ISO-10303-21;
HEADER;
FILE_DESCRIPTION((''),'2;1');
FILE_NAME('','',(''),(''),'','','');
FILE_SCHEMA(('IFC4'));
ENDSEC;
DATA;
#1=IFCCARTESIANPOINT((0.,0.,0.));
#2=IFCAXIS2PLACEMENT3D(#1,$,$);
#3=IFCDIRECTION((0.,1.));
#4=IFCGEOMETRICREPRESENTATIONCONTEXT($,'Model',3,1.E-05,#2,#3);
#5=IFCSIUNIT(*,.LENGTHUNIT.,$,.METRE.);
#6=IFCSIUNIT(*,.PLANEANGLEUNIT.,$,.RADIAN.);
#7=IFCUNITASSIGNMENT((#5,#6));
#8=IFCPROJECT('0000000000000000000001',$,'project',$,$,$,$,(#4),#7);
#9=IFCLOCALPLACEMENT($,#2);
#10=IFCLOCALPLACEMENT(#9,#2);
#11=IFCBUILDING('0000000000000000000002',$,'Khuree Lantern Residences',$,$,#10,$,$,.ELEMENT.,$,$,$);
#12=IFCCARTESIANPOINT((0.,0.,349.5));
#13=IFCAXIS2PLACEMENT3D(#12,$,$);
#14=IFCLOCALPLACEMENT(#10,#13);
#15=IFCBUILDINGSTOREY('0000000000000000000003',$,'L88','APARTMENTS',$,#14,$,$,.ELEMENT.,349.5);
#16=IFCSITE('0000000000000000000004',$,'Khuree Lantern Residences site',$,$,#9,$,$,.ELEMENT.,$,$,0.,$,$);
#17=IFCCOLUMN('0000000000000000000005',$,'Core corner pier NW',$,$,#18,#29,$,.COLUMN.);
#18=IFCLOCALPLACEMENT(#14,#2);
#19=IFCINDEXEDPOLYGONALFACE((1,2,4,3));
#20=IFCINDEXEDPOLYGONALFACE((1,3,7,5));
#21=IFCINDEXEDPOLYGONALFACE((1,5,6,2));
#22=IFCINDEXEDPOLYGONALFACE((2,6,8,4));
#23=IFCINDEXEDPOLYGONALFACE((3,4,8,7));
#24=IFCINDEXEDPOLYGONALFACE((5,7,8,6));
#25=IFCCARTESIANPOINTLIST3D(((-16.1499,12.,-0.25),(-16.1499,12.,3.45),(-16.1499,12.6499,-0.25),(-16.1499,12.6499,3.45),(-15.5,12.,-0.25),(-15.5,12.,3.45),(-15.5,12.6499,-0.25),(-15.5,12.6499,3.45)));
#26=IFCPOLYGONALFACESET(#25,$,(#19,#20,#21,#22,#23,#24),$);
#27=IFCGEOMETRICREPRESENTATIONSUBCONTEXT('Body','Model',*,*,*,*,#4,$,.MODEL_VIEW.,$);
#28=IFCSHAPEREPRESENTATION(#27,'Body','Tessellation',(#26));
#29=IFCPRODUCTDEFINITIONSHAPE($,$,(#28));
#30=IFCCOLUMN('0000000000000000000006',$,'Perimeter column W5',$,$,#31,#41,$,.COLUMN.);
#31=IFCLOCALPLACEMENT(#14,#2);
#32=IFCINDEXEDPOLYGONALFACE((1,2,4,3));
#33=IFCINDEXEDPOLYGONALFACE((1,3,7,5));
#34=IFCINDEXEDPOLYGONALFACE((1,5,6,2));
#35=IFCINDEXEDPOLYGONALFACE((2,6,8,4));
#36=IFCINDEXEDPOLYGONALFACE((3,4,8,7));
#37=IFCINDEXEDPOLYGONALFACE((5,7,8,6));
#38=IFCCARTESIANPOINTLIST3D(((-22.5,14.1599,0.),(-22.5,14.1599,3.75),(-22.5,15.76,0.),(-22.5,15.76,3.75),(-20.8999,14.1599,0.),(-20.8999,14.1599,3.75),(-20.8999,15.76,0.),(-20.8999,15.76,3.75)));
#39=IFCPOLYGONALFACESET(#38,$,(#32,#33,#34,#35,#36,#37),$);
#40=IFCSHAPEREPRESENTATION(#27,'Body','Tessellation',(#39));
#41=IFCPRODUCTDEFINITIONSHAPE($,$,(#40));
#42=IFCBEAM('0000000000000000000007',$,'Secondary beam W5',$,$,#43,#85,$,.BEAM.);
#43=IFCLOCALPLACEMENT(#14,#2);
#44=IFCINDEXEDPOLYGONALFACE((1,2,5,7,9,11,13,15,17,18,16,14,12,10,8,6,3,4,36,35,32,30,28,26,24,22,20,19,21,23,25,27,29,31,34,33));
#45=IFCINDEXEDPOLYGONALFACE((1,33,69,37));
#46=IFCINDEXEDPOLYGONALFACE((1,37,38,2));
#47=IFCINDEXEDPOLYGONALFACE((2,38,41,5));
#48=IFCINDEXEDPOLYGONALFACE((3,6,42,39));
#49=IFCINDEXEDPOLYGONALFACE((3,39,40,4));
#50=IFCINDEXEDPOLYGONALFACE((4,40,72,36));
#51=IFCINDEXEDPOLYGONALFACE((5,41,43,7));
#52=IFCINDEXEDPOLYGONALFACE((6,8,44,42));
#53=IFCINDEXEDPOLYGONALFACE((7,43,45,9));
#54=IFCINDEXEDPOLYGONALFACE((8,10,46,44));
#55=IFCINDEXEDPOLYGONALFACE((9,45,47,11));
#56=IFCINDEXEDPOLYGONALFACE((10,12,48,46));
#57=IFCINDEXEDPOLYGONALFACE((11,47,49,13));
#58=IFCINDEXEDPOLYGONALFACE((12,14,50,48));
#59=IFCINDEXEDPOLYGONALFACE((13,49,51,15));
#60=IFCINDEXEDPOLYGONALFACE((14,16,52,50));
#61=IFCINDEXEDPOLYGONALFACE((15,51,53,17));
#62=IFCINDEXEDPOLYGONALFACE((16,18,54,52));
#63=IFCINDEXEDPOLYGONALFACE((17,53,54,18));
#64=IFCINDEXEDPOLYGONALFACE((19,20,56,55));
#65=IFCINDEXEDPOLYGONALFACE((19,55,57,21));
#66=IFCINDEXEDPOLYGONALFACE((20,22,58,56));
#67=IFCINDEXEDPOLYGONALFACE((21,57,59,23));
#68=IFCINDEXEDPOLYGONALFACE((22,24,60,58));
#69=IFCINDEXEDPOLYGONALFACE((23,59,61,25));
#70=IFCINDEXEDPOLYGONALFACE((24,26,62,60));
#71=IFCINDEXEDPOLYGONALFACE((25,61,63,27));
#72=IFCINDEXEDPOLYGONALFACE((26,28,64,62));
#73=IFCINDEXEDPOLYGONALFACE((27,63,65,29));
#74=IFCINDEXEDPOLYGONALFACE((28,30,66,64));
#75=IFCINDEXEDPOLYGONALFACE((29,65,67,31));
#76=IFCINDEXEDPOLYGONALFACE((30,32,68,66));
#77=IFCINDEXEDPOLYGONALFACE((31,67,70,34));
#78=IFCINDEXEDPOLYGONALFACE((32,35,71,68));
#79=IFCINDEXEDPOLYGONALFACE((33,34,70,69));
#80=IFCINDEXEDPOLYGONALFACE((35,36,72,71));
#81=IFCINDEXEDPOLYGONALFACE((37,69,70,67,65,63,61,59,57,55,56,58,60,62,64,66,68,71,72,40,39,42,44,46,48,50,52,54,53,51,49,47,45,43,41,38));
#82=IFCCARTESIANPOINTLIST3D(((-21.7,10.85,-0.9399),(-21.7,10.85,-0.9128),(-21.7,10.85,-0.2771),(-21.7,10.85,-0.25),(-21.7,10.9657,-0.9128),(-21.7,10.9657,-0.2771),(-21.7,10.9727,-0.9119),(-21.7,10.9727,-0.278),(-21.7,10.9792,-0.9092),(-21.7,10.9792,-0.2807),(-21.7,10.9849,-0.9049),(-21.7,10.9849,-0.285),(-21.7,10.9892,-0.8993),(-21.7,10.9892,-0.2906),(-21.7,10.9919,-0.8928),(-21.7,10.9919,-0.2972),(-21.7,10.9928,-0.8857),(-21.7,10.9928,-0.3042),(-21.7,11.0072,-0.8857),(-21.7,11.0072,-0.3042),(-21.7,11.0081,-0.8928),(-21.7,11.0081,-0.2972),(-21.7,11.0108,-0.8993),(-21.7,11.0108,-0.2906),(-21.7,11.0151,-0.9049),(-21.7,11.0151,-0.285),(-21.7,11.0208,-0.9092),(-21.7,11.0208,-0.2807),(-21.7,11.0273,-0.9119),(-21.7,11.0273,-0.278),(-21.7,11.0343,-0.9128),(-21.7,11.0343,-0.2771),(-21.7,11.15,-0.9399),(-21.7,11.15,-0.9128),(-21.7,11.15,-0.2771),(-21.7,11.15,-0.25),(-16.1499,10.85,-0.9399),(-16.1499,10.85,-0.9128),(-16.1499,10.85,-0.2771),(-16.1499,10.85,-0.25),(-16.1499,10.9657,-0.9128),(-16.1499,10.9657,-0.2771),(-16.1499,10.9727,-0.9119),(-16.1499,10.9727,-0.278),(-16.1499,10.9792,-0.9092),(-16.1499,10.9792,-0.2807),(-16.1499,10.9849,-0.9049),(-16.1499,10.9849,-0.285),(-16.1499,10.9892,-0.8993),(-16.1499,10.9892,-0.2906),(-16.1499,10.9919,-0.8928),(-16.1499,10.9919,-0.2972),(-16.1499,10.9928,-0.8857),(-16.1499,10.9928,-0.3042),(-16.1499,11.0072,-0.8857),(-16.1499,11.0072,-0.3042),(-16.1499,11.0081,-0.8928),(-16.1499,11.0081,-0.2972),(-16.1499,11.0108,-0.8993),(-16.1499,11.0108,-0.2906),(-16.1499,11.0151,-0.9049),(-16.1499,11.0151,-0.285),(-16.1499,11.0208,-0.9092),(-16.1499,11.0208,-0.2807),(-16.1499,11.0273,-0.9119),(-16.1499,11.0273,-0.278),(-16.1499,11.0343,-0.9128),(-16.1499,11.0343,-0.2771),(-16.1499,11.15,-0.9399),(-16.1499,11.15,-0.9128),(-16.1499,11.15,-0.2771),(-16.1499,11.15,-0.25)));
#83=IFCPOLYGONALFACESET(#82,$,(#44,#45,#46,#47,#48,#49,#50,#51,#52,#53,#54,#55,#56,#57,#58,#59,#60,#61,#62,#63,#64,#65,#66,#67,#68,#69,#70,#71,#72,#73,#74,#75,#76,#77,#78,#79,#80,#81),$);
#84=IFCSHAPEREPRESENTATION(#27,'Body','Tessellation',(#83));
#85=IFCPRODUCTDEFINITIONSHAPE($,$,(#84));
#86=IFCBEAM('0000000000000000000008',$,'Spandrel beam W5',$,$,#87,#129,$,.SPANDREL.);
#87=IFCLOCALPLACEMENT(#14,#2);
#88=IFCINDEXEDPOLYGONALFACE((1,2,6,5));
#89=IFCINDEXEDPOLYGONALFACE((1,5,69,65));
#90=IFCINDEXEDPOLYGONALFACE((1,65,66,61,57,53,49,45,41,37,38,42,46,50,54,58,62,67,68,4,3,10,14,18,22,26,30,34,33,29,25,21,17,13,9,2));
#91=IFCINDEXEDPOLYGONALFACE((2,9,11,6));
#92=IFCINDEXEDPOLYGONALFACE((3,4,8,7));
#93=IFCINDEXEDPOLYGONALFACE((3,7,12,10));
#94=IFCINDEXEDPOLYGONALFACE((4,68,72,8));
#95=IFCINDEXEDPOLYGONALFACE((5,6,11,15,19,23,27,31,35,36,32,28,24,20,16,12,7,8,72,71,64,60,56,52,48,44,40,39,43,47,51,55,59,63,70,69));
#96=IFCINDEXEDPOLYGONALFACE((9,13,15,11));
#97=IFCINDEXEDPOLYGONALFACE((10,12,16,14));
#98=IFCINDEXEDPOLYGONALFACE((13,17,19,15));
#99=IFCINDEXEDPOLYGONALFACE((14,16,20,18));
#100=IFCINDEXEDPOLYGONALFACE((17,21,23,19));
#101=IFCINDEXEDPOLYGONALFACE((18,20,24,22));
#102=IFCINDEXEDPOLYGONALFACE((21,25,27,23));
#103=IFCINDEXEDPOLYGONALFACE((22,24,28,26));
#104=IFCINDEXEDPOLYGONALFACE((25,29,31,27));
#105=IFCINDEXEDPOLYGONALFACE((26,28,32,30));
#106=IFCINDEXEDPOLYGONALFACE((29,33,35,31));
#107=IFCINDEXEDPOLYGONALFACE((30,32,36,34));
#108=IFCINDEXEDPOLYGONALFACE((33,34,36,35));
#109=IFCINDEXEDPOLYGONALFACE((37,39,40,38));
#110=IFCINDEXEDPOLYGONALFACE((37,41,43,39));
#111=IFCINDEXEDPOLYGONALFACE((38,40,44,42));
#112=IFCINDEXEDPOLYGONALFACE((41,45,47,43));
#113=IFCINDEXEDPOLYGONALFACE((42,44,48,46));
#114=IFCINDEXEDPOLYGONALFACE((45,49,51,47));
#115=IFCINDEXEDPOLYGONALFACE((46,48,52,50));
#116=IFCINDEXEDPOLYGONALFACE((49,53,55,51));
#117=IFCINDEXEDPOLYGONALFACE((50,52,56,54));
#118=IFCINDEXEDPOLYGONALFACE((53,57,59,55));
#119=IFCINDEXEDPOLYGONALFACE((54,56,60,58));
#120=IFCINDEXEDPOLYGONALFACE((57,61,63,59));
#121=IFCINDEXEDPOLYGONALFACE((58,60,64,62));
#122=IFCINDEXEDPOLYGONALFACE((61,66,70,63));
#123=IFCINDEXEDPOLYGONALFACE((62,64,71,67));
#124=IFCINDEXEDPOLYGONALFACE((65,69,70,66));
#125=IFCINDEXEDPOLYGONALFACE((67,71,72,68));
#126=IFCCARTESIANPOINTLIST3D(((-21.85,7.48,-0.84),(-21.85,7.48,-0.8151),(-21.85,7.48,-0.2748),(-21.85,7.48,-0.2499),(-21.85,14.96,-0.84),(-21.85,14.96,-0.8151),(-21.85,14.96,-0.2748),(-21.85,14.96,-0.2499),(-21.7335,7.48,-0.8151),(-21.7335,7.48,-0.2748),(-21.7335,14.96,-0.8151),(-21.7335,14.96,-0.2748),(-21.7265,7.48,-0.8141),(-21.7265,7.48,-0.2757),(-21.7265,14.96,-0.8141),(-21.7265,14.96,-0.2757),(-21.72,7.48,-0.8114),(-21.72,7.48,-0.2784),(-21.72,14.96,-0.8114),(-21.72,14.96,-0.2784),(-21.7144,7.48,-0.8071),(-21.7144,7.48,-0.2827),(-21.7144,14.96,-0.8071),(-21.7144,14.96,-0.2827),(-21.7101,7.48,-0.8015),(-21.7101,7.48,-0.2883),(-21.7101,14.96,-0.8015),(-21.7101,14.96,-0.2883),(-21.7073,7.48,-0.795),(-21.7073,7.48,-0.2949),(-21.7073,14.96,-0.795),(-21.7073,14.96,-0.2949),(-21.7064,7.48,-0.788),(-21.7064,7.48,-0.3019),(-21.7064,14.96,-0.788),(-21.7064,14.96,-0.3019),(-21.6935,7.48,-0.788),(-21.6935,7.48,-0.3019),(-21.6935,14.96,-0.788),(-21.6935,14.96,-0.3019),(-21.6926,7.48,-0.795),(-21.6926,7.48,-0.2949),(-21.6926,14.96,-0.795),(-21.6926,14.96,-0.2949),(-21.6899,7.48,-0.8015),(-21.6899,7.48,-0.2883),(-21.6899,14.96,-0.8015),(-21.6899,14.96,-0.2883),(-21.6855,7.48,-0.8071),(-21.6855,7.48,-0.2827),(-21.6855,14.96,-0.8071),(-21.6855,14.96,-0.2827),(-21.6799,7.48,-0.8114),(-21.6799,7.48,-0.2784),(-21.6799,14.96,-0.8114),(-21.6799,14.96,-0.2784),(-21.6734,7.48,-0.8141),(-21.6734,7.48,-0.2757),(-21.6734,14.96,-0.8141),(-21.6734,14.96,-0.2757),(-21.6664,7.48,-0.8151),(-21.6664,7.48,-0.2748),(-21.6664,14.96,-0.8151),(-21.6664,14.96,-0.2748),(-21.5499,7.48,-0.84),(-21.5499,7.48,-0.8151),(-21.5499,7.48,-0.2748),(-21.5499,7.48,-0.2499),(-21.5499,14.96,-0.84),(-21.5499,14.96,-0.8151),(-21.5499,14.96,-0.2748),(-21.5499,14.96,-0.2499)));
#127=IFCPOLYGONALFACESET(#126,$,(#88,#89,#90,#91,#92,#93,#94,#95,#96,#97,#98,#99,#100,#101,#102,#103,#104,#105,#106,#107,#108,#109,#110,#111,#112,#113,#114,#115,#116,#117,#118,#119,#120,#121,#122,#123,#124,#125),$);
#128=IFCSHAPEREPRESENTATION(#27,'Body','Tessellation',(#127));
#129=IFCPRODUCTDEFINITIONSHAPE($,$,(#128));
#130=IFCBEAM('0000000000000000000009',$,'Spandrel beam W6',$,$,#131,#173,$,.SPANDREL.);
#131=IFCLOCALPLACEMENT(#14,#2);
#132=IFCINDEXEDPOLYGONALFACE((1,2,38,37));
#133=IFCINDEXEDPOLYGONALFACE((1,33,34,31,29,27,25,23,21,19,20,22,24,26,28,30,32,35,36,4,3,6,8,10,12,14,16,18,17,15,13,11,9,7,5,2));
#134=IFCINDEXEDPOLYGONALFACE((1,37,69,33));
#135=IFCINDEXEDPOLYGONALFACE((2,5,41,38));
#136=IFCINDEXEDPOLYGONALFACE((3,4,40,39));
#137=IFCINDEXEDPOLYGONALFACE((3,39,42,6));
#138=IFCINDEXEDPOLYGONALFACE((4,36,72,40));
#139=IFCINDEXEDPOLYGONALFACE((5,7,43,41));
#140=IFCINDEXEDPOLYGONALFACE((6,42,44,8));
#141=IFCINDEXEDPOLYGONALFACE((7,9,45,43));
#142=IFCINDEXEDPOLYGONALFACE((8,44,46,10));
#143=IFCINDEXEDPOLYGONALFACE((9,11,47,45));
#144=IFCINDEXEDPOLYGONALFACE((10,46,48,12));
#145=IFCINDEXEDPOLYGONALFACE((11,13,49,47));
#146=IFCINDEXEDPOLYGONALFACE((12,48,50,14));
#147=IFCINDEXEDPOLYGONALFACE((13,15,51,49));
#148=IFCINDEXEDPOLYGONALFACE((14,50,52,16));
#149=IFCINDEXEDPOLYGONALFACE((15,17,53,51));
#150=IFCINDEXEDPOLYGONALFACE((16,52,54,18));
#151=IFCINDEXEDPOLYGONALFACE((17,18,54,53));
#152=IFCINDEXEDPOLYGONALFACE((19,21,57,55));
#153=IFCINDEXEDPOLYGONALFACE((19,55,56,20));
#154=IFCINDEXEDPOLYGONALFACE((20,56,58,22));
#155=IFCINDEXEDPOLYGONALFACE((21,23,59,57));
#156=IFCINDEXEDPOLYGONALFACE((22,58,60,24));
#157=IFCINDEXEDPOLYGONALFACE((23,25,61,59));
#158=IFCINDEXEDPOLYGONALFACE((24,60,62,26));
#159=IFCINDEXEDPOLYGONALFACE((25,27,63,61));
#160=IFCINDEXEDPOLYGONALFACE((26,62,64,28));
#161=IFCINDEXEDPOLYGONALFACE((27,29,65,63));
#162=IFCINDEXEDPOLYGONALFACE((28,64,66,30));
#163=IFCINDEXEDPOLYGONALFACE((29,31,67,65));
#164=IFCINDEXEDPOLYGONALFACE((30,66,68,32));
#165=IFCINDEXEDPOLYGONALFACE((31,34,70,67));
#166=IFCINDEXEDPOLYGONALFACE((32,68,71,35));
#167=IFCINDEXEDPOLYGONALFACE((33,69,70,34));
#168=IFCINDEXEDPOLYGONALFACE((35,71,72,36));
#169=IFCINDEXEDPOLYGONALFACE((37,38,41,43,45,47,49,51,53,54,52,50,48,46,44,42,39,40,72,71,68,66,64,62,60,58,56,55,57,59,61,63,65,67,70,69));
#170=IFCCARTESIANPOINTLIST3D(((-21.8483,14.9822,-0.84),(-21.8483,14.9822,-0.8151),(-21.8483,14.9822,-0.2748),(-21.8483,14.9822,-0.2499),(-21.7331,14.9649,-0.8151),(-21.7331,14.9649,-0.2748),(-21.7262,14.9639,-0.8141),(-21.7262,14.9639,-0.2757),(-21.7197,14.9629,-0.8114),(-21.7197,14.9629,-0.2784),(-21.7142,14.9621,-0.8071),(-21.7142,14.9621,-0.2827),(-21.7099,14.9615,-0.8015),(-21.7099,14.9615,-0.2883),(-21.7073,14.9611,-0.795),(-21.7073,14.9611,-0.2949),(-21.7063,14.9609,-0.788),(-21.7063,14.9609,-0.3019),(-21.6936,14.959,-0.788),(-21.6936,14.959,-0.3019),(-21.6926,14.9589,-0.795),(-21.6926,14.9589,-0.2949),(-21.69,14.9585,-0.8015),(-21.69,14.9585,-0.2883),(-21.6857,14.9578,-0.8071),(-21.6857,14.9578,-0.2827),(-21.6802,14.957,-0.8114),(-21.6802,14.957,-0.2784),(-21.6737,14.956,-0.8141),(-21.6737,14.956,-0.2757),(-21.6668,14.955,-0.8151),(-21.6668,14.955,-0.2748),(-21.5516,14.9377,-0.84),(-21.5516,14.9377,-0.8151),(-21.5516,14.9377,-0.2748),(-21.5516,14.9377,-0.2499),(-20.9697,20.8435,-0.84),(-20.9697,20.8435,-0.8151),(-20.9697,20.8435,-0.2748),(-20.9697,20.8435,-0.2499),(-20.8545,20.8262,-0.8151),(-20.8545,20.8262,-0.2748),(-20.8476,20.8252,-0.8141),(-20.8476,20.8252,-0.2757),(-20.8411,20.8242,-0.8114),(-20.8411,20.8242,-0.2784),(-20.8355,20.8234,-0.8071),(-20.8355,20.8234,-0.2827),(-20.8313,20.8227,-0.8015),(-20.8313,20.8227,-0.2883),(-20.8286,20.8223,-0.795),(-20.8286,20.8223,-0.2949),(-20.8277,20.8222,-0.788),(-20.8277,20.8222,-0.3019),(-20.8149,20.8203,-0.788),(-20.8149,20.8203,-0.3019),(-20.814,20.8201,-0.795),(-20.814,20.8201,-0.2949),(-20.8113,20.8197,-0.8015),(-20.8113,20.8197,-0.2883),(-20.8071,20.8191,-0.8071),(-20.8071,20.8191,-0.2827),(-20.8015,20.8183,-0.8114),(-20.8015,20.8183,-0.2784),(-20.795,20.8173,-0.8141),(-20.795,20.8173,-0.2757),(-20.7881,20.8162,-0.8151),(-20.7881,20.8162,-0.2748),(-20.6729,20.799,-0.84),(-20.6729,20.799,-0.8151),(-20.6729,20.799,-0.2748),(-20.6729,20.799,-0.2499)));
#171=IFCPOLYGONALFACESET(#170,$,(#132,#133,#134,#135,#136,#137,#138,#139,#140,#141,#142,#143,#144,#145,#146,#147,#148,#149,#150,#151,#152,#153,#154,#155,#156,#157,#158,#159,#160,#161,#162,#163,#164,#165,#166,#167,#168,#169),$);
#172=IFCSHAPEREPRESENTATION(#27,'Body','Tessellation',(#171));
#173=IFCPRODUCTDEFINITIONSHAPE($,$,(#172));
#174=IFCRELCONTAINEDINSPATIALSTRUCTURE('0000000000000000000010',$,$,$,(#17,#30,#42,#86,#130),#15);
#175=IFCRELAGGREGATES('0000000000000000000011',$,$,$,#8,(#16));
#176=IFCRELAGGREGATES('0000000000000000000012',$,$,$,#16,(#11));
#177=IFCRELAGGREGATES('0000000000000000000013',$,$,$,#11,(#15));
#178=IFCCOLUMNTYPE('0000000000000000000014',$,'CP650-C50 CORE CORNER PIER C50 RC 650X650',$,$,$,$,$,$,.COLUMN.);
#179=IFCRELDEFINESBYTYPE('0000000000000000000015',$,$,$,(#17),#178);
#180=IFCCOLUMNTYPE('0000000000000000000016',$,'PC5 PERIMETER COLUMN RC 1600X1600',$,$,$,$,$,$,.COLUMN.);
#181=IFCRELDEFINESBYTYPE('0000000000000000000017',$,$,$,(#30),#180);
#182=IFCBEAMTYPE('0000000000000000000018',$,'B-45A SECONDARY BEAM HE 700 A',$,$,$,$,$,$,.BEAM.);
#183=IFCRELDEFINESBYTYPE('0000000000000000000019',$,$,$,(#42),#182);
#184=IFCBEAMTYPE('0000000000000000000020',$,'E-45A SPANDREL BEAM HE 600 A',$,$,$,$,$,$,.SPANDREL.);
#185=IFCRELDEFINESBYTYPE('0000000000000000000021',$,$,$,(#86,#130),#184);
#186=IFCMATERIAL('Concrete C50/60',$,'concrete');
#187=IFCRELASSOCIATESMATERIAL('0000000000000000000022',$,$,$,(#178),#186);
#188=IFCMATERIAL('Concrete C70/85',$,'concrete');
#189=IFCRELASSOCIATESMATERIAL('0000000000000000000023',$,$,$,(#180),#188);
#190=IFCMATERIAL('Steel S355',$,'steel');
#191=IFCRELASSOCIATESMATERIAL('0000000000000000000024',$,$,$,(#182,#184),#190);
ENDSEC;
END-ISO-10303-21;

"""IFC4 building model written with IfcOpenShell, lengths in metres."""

from ifc_helpers import new_model, si_unit, direction, frame, origin, origin_2d, place, context, subcontext, project, spatial, rectangle, i_section, extrude, material, material_profile, profile_set, type_object, element, save


model = new_model("IFC4")

# Units and contexts
model_context = context("Model", 3, precision=1e-05, world=origin(), true_north=direction((0.0, 1.0)))
body_context = subcontext(model_context, "Body", "Model", "MODEL_VIEW")
ifc_project = project(units=[si_unit("LENGTHUNIT", "METRE"), si_unit("PLANEANGLEUNIT", "RADIAN")], contexts=[model_context])

# Site, building, storey
site_placement = place(None, origin())
site = spatial("IfcSite", under=ifc_project, at=site_placement, Name="Khuree Lantern Residences site", CompositionType="ELEMENT", RefElevation=0.0)
building_placement = place(site_placement, origin())
building = spatial("IfcBuilding", under=site, at=building_placement, Name="Khuree Lantern Residences", CompositionType="ELEMENT")
storey_placement = place(building_placement, frame((0.0, 0.0, 349.5)))
storey = spatial("IfcBuildingStorey", under=building, at=storey_placement, Name="L88", Description="APARTMENTS", CompositionType="ELEMENT", Elevation=349.5)

# Columns
ifc_material_1 = material(Name="Concrete C50/60", Category="concrete")
ifc_material_profile_1 = material_profile(ifc_material_1, rectangle(XDim=0.6499, YDim=0.6499, at=origin_2d()), Name="RC 650X650")
ifc_profile_set_1 = profile_set([ifc_material_profile_1], Name="Concrete C50/60")
column_type_1 = type_object("IfcColumnType", Name="CP650-C50 CORE CORNER PIER C50 RC 650X650", PredefinedType="COLUMN", material=ifc_profile_set_1)
column_1_placement = place(storey_placement, frame((-15.825, 12.325, -0.25), z_axis=(0.0, 0.0, 1.0), x_axis=(1.0, 0.0, 0.0)))
element("IfcColumn", 1, at=column_1_placement, inside=storey, type_object=column_type_1, Name="Core corner pier NW", PredefinedType="COLUMN", context=body_context, shape_type="SweptSolid", body=[
    extrude(rectangle(XDim=0.6499, YDim=0.6499, at=origin_2d()), origin(), (0.0, 0.0, 1.0), 3.7),
])
ifc_material_2 = material(Name="Concrete C70/85", Category="concrete")
ifc_material_profile_2 = material_profile(ifc_material_2, rectangle(XDim=1.6001, YDim=1.6001, at=origin_2d()), Name="RC 1600X1600")
ifc_profile_set_2 = profile_set([ifc_material_profile_2], Name="Concrete C70/85")
column_type_2 = type_object("IfcColumnType", Name="PC5 PERIMETER COLUMN RC 1600X1600", PredefinedType="COLUMN", material=ifc_profile_set_2)
column_2_placement = place(storey_placement, frame((-21.7, 14.96, 0.0), z_axis=(0.0, 0.0, 1.0), x_axis=(0.0, 1.0, 0.0)))
element("IfcColumn", 2, at=column_2_placement, inside=storey, type_object=column_type_2, Name="Perimeter column W5", PredefinedType="COLUMN", context=body_context, shape_type="SweptSolid", body=[
    extrude(rectangle(XDim=1.6001, YDim=1.6001, at=origin_2d()), origin(), (0.0, 0.0, 1.0), 3.75),
])

# Beams
ifc_material_3 = material(Name="Steel S355", Category="steel")
ifc_material_profile_3 = material_profile(ifc_material_3, i_section(OverallWidth=0.3, OverallDepth=0.6899, WebThickness=0.0144, FlangeThickness=0.0271, FilletRadius=0.0271, at=origin_2d()), Name="HE 700 A")
ifc_profile_set_3 = profile_set([ifc_material_profile_3], Name="Steel S355")
beam_type_1 = type_object("IfcBeamType", Name="B-45A SECONDARY BEAM HE 700 A", PredefinedType="BEAM", material=ifc_profile_set_3)
beam_1_placement = place(storey_placement, frame((-21.7, 11.0, -0.595), z_axis=(1.0, 0.0, 0.0), x_axis=(0.0, 1.0, 0.0)))
element("IfcBeam", 3, at=beam_1_placement, inside=storey, type_object=beam_type_1, Name="Secondary beam W5", PredefinedType="BEAM", context=body_context, shape_type="SweptSolid", body=[
    extrude(i_section(OverallWidth=0.3, OverallDepth=0.6899, WebThickness=0.0144, FlangeThickness=0.0271, FilletRadius=0.0271, at=origin_2d()), origin(), (0.0, 0.0, 1.0), 5.55),
])
ifc_material_profile_4 = material_profile(ifc_material_3, i_section(OverallWidth=0.3, OverallDepth=0.5901, WebThickness=0.0129, FlangeThickness=0.0249, FilletRadius=0.0271, at=origin_2d()), Name="HE 600 A")
ifc_profile_set_4 = profile_set([ifc_material_profile_4], Name="Steel S355")
beam_type_2 = type_object("IfcBeamType", Name="E-45A SPANDREL BEAM HE 600 A", PredefinedType="SPANDREL", material=ifc_profile_set_4)
beam_2_placement = place(storey_placement, frame((-21.7, 7.48, -0.5449), z_axis=(0.0, 1.0, 0.0), x_axis=(-1.0, 0.0, 0.0)))
element("IfcBeam", 4, at=beam_2_placement, inside=storey, type_object=beam_type_2, Name="Spandrel beam W5", PredefinedType="SPANDREL", context=body_context, shape_type="SweptSolid", body=[
    extrude(i_section(OverallWidth=0.3, OverallDepth=0.5901, WebThickness=0.0129, FlangeThickness=0.0249, FilletRadius=0.0271, at=origin_2d()), origin(), (0.0, 0.0, 1.0), 7.48),
])
beam_3_placement = place(storey_placement, frame((-21.7, 14.96, -0.5449), z_axis=(0.148252, 0.98895, 0.0), x_axis=(-0.98895, 0.148252, 0.0)))
element("IfcBeam", 5, at=beam_3_placement, inside=storey, type_object=beam_type_2, Name="Spandrel beam W6", PredefinedType="SPANDREL", context=body_context, shape_type="SweptSolid", body=[
    extrude(i_section(OverallWidth=0.3, OverallDepth=0.5901, WebThickness=0.0129, FlangeThickness=0.0249, FilletRadius=0.0271, at=origin_2d()), origin(), (0.0, 0.0, 1.0), 5.9268),
])

save(model, "model.ifc")
